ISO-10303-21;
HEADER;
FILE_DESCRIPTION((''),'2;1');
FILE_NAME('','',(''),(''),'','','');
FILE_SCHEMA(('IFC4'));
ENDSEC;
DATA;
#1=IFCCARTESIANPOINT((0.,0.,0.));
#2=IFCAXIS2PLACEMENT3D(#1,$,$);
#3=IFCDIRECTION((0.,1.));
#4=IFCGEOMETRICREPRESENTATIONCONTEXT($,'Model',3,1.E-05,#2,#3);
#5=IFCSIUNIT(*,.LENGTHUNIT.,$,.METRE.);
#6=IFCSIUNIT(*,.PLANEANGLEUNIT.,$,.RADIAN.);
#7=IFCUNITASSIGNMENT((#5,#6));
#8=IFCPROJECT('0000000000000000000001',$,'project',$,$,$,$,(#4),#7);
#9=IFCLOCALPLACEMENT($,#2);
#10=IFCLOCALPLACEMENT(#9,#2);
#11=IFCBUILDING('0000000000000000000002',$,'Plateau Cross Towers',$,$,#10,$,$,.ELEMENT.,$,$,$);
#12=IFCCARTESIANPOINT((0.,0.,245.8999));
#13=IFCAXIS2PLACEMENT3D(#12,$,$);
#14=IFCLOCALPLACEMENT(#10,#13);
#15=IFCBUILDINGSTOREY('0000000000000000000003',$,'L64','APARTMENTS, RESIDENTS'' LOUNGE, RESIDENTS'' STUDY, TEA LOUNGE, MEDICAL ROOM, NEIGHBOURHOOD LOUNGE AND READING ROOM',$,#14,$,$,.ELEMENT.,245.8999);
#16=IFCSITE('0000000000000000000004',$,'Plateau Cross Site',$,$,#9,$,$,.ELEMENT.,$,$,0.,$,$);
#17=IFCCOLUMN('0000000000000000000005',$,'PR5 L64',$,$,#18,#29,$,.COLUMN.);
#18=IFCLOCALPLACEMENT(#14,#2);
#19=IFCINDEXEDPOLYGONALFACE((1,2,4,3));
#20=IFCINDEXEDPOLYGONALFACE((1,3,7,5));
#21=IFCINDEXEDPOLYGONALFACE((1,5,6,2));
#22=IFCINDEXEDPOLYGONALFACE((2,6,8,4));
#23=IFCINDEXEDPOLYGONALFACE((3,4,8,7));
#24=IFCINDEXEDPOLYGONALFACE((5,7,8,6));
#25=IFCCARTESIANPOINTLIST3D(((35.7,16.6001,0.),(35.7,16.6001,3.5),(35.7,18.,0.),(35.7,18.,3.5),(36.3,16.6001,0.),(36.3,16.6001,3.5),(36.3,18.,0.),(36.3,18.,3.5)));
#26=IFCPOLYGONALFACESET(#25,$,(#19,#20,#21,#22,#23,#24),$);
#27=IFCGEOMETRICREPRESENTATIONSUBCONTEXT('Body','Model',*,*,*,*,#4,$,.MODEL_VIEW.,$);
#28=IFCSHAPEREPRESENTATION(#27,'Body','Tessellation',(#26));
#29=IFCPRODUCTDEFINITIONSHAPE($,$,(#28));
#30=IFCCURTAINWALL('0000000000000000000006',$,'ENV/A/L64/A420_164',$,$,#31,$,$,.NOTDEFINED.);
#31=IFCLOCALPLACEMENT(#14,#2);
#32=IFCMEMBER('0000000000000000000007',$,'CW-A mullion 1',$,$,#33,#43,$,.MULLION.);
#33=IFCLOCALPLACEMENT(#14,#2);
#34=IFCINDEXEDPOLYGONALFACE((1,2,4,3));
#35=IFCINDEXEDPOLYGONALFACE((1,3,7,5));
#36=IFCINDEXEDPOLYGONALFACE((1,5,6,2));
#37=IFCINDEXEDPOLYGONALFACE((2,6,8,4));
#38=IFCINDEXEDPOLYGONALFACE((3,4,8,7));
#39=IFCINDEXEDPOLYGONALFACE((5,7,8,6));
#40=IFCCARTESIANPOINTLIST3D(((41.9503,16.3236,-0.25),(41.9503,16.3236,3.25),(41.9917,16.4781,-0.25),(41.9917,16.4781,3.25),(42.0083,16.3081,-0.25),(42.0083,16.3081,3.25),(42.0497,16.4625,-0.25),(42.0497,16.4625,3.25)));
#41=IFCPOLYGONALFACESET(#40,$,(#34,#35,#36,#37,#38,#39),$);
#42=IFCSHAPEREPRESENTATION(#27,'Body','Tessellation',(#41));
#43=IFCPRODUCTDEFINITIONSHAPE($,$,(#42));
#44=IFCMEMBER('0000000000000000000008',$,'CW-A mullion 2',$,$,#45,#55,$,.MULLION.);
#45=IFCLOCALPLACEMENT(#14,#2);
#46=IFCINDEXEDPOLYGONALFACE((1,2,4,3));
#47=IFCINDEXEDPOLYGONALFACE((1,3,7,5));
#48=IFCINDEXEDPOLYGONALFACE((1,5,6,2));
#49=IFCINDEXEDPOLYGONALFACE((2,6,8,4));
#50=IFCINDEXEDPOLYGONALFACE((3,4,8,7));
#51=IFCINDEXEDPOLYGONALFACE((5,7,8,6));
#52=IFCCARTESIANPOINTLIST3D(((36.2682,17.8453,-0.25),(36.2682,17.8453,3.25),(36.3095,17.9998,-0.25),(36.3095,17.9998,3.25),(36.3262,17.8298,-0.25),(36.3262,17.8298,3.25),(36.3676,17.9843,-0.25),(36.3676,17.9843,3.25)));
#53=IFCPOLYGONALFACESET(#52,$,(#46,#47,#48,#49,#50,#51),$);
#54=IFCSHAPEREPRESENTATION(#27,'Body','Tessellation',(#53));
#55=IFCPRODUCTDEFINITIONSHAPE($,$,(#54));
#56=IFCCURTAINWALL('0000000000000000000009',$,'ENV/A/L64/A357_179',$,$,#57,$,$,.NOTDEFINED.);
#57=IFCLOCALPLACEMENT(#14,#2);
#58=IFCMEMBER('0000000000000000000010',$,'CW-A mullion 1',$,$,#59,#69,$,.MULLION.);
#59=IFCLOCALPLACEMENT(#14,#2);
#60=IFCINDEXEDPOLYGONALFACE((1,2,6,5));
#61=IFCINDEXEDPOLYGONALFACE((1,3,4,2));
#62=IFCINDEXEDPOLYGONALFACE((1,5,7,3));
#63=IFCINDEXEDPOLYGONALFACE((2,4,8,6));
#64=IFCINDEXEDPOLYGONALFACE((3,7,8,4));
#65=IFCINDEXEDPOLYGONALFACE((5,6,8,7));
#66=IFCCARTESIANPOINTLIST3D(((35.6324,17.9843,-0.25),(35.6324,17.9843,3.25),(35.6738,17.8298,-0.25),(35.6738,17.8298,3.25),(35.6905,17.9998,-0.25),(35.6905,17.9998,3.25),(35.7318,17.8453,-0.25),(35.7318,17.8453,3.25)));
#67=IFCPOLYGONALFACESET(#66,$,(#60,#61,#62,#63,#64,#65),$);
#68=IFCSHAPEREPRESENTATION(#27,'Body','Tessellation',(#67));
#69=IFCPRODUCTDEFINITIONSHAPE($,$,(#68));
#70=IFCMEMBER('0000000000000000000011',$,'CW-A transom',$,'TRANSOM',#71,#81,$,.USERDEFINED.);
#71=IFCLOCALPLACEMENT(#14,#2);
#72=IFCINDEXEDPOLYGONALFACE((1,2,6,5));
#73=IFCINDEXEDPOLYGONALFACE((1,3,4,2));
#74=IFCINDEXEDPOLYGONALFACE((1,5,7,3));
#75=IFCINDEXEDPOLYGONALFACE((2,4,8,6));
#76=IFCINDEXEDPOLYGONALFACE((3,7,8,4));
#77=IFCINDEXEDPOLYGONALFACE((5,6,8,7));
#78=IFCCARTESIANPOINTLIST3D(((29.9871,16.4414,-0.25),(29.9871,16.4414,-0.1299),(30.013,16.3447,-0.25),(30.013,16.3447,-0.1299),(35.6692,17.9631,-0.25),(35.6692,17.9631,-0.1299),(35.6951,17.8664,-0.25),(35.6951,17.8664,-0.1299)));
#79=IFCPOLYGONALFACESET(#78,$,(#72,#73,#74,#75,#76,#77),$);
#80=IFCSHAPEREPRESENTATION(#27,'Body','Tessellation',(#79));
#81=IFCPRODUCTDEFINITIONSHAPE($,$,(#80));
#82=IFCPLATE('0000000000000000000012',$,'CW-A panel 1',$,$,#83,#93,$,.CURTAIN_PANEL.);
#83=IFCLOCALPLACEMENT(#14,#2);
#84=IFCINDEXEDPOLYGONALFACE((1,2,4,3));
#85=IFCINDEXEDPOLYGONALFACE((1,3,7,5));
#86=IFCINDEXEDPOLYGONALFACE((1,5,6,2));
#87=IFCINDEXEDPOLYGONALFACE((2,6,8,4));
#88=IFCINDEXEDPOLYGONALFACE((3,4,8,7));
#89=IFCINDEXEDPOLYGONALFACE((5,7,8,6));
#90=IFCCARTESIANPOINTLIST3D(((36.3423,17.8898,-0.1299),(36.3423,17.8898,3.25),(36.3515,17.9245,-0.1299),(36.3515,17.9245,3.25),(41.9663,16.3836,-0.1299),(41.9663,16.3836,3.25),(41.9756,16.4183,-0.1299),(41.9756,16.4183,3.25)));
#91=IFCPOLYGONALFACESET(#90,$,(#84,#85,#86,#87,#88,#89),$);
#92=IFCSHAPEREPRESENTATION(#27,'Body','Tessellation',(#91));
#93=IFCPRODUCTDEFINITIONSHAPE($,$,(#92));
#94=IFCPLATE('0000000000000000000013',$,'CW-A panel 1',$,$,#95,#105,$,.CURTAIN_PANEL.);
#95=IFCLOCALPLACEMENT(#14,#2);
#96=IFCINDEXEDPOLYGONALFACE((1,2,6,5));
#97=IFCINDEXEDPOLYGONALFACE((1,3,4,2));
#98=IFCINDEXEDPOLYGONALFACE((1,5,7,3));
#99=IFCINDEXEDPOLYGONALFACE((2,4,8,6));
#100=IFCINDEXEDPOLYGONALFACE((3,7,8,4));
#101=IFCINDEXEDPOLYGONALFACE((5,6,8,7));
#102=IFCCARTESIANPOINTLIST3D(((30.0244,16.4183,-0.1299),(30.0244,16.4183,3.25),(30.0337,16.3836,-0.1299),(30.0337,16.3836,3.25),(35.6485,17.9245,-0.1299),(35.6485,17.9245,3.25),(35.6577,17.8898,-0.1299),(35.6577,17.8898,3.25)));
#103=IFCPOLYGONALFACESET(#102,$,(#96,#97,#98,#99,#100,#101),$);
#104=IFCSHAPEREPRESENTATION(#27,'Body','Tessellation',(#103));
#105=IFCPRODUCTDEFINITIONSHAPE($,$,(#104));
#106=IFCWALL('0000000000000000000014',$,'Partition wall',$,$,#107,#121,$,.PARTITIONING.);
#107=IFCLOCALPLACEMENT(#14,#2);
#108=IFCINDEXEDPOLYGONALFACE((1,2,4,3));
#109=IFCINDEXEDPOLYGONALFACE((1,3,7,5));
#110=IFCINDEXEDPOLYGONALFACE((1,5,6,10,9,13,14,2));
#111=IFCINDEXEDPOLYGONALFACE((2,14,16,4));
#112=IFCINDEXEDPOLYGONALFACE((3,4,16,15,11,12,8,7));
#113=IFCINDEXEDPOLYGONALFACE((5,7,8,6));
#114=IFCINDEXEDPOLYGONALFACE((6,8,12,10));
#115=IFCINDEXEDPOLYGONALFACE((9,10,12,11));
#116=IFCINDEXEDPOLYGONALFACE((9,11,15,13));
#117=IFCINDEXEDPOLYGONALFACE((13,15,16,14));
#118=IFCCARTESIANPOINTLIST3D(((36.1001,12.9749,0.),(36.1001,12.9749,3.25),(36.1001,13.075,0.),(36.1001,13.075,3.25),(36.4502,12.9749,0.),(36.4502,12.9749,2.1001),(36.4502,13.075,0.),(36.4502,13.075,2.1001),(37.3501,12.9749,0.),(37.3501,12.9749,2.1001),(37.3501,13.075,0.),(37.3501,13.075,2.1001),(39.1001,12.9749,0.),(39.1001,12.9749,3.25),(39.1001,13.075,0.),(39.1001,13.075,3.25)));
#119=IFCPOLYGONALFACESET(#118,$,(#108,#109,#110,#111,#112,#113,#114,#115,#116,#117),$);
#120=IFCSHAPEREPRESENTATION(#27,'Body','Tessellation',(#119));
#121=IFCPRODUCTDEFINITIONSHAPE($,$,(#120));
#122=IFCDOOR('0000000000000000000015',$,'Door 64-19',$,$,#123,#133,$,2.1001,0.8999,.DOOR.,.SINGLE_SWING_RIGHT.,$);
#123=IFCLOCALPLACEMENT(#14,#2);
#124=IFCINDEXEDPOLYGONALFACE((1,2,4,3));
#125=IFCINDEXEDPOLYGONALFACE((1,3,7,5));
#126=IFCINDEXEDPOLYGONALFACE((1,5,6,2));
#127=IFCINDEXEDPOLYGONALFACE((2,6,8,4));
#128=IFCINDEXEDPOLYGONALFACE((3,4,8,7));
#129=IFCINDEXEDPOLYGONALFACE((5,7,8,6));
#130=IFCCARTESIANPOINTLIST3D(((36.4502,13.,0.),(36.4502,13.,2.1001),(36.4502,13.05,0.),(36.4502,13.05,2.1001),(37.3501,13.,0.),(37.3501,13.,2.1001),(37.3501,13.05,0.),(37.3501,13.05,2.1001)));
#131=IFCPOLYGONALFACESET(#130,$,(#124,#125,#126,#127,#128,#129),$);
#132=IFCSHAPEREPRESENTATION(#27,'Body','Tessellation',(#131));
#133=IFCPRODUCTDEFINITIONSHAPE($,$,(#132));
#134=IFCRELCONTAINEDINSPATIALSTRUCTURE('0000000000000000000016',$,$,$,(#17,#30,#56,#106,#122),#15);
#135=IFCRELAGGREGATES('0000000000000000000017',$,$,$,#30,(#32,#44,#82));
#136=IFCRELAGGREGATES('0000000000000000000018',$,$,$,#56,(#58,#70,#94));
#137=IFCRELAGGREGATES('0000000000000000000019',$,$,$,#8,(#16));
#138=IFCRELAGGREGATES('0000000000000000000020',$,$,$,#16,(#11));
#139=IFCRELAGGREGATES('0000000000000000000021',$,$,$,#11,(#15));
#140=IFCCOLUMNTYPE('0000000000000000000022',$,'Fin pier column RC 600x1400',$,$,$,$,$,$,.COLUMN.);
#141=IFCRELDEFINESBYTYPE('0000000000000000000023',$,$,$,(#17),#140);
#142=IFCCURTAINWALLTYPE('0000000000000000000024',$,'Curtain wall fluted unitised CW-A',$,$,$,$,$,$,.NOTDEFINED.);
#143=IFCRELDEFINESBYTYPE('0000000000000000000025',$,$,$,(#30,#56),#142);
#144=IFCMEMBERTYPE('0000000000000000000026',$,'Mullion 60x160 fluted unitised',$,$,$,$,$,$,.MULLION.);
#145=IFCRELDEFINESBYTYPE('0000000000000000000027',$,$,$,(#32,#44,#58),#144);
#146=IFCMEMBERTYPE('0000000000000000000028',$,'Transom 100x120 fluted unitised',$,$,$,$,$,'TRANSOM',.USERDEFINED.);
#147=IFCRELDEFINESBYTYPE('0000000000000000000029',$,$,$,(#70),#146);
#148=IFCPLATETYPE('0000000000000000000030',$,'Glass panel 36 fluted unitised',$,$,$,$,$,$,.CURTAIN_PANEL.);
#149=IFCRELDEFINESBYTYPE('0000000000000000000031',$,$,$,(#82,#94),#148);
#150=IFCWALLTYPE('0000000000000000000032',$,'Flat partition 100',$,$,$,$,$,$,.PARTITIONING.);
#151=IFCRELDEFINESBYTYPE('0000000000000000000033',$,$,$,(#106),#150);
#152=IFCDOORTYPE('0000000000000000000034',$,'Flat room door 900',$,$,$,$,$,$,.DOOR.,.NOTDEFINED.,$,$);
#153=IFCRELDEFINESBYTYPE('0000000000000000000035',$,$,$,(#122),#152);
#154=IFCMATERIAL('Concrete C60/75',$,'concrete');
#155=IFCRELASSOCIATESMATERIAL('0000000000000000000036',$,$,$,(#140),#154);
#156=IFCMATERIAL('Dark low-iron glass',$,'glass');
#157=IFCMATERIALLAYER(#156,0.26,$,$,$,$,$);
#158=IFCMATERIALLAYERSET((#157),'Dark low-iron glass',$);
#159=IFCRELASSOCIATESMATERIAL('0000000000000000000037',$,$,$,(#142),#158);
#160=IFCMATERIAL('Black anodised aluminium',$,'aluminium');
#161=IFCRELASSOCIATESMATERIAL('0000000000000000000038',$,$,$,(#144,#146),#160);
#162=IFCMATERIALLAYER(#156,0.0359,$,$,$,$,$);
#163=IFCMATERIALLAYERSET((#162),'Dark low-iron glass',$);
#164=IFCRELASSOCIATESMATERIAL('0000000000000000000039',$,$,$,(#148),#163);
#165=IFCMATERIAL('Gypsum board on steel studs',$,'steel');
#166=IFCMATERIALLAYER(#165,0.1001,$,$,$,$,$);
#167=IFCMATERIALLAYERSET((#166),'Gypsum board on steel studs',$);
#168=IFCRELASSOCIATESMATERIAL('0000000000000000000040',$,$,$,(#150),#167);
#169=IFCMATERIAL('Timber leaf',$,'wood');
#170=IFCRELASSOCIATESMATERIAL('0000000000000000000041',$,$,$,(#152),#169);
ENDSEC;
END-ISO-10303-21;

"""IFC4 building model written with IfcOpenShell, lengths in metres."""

from ifc_helpers import new_model, si_unit, direction, frame, frame_2d, origin, origin_2d, place, context, subcontext, project, spatial, rectangle, extrude, material, layer, layer_set, material_profile, profile_set, type_object, element, fill, aggregate, save


model = new_model("IFC4")

# Units and contexts
model_context = context("Model", 3, precision=1e-05, world=origin(), true_north=direction((0.0, 1.0)))
body_context = subcontext(model_context, "Body", "Model", "MODEL_VIEW")
ifc_project = project(units=[si_unit("LENGTHUNIT", "METRE"), si_unit("PLANEANGLEUNIT", "RADIAN")], contexts=[model_context])

# Site, building, storey
site_placement = place(None, origin())
site = spatial("IfcSite", under=ifc_project, at=site_placement, Name="Plateau Cross Site", CompositionType="ELEMENT", RefElevation=0.0)
building_placement = place(site_placement, origin())
building = spatial("IfcBuilding", under=site, at=building_placement, Name="Plateau Cross Towers", CompositionType="ELEMENT")
storey_placement = place(building_placement, frame((0.0, 0.0, 245.8999)))
storey = spatial("IfcBuildingStorey", under=building, at=storey_placement, Name="L64", Description="APARTMENTS, RESIDENTS' LOUNGE, RESIDENTS' STUDY, TEA LOUNGE, MEDICAL ROOM, NEIGHBOURHOOD LOUNGE AND READING ROOM", CompositionType="ELEMENT", Elevation=245.8999)

# Column
ifc_material_1 = material(Name="Concrete C60/75", Category="concrete")
ifc_material_profile_1 = material_profile(ifc_material_1, rectangle(XDim=0.6001, YDim=1.3999, at=origin_2d()), Name="RC 600x1400")
ifc_profile_set_1 = profile_set([ifc_material_profile_1], Name="Concrete C60/75")
column_type = type_object("IfcColumnType", Name="Fin pier column RC 600x1400", PredefinedType="COLUMN", material=ifc_profile_set_1)
column_placement = place(storey_placement, frame((36.0, 17.3, 0.0), z_axis=(0.0, 0.0, 1.0), x_axis=(1.0, 0.0, 0.0)))
element("IfcColumn", 1, at=column_placement, inside=storey, type_object=column_type, Name="PR5 L64", PredefinedType="COLUMN", context=body_context, shape_type="SweptSolid", body=[
    extrude(rectangle(XDim=0.6001, YDim=1.3999, at=origin_2d()), origin(), (0.0, 0.0, 1.0), 3.5),
])

# Curtain walls, members
ifc_material_2 = material(Name="Dark low-iron glass", Category="glass")
ifc_layer_1 = layer(ifc_material_2, 0.26)
ifc_layer_set_1 = layer_set([ifc_layer_1], Name="Dark low-iron glass")
curtain_wall_type = type_object("IfcCurtainWallType", Name="Curtain wall fluted unitised CW-A", PredefinedType="NOTDEFINED", material=ifc_layer_set_1)
curtain_wall_1_placement = place(storey_placement, origin())
curtain_wall_1 = element("IfcCurtainWall", 2, at=curtain_wall_1_placement, inside=storey, type_object=curtain_wall_type, Name="ENV/A/L64/A420_164", PredefinedType="NOTDEFINED")
ifc_material_3 = material(Name="Black anodised aluminium", Category="aluminium")
ifc_material_profile_2 = material_profile(ifc_material_3, rectangle(XDim=0.0601, YDim=0.1599, at=origin_2d()), Name="MULLION 60x160")
ifc_profile_set_2 = profile_set([ifc_material_profile_2], Name="Black anodised aluminium")
member_type_1 = type_object("IfcMemberType", Name="Mullion 60x160 fluted unitised", PredefinedType="MULLION", material=ifc_profile_set_2)
member_1_placement = place(storey_placement, frame((42.0, 16.3931, -0.25), z_axis=(0.0, 0.0, 1.0), x_axis=(-0.965958, 0.258699, 0.0)))
member_1 = element("IfcMember", 3, at=member_1_placement, type_object=member_type_1, Name="CW-A mullion 1", PredefinedType="MULLION", context=body_context, shape_type="SweptSolid", body=[
    extrude(rectangle(XDim=0.0601, YDim=0.1599, at=origin_2d()), origin(), (0.0, 0.0, 1.0), 3.5),
])
member_2_placement = place(storey_placement, frame((36.3179, 17.9148, -0.25), z_axis=(0.0, 0.0, 1.0), x_axis=(-0.965958, 0.258699, 0.0)))
member_2 = element("IfcMember", 4, at=member_2_placement, type_object=member_type_1, Name="CW-A mullion 2", PredefinedType="MULLION", context=body_context, shape_type="SweptSolid", body=[
    extrude(rectangle(XDim=0.0601, YDim=0.1599, at=origin_2d()), origin(), (0.0, 0.0, 1.0), 3.5),
])
curtain_wall_2_placement = place(storey_placement, origin())
curtain_wall_2 = element("IfcCurtainWall", 5, at=curtain_wall_2_placement, inside=storey, type_object=curtain_wall_type, Name="ENV/A/L64/A357_179", PredefinedType="NOTDEFINED")
member_3_placement = place(storey_placement, frame((35.6821, 17.9148, -0.25), z_axis=(0.0, 0.0, 1.0), x_axis=(-0.965958, -0.258699, 0.0)))
member_3 = element("IfcMember", 6, at=member_3_placement, type_object=member_type_1, Name="CW-A mullion 1", PredefinedType="MULLION", context=body_context, shape_type="SweptSolid", body=[
    extrude(rectangle(XDim=0.0601, YDim=0.1599, at=origin_2d()), origin(), (0.0, 0.0, 1.0), 3.5),
])
ifc_material_profile_3 = material_profile(ifc_material_3, rectangle(XDim=0.1001, YDim=0.1201, at=origin_2d()), Name="TRANSOM 100x120")
ifc_profile_set_3 = profile_set([ifc_material_profile_3], Name="Black anodised aluminium")
member_type_2 = type_object("IfcMemberType", Name="Transom 100x120 fluted unitised", ElementType="TRANSOM", PredefinedType="USERDEFINED", material=ifc_profile_set_3)
member_4_placement = place(storey_placement, frame((35.6821, 17.9148, -0.1899), z_axis=(-0.96596, -0.258693, 0.0), x_axis=(0.258693, -0.96596, 0.0)))
member_4 = element("IfcMember", 7, at=member_4_placement, type_object=member_type_2, Name="CW-A transom", ObjectType="TRANSOM", PredefinedType="USERDEFINED", context=body_context, shape_type="SweptSolid", body=[
    extrude(rectangle(XDim=0.1001, YDim=0.1201, at=origin_2d()), origin(), (0.0, 0.0, 1.0), 5.8823),
])

# Plates
ifc_layer_2 = layer(ifc_material_2, 0.0359)
ifc_layer_set_2 = layer_set([ifc_layer_2], Name="Dark low-iron glass")
plate_type = type_object("IfcPlateType", Name="Glass panel 36 fluted unitised", PredefinedType="CURTAIN_PANEL", material=ifc_layer_set_2)
plate_1_placement = place(storey_placement, frame((39.1589, 17.1541, -0.1299), z_axis=(0.0, 0.0, 1.0), x_axis=(-0.965958, 0.258699, 0.0)))
plate_1 = element("IfcPlate", 8, at=plate_1_placement, type_object=plate_type, Name="CW-A panel 1", PredefinedType="CURTAIN_PANEL", context=body_context, shape_type="SweptSolid", body=[
    extrude(rectangle(XDim=5.8223, YDim=0.0359, at=origin_2d()), origin(), (0.0, 0.0, 1.0), 3.3799),
])
aggregate(curtain_wall_1, [member_1, member_2, plate_1])
plate_2_placement = place(storey_placement, frame((32.8411, 17.1541, -0.1299), z_axis=(0.0, 0.0, 1.0), x_axis=(-0.965958, -0.258699, 0.0)))
plate_2 = element("IfcPlate", 9, at=plate_2_placement, type_object=plate_type, Name="CW-A panel 1", PredefinedType="CURTAIN_PANEL", context=body_context, shape_type="SweptSolid", body=[
    extrude(rectangle(XDim=5.8223, YDim=0.0359, at=origin_2d()), origin(), (0.0, 0.0, 1.0), 3.3799),
])
aggregate(curtain_wall_2, [member_3, member_4, plate_2])

# Wall, opening, door
ifc_material_4 = material(Name="Gypsum board on steel studs", Category="steel")
ifc_layer_3 = layer(ifc_material_4, 0.1001)
ifc_layer_set_3 = layer_set([ifc_layer_3], Name="Gypsum board on steel studs")
wall_type_1 = type_object("IfcWallType", Name="Flat partition 100", PredefinedType="PARTITIONING", material=ifc_layer_set_3)
wall_1_placement = place(storey_placement, frame((39.1001, 13.0249, 0.0), z_axis=(0.0, 0.0, 1.0), x_axis=(-1.0, 0.0, 0.0)))
wall_1 = element("IfcWall", 10, at=wall_1_placement, inside=storey, type_object=wall_type_1, Name="Partition wall", PredefinedType="PARTITIONING", context=body_context, shape_type="SweptSolid", body=[
    extrude(rectangle(XDim=3.0, YDim=0.1001, at=frame_2d((1.5, 0.0))), origin(), (0.0, 0.0, 1.0), 3.25),
])
opening_1_placement = place(wall_1_placement, frame((1.75, 0.0, 0.0)))
opening_1 = element("IfcOpeningElement", 11, at=opening_1_placement, cuts=wall_1, PredefinedType="OPENING", context=body_context, shape_type="SweptSolid", body=[
    extrude(rectangle(XDim=0.8999, YDim=2.1001, at=frame_2d((0.45, 1.05))), frame((0.0, 0.0601, 0.0), z_axis=(0.0, -1.0, 0.0), x_axis=(1.0, 0.0, 0.0)), (0.0, 0.0, 1.0), 0.1201),
])
ifc_material_5 = material(Name="Timber leaf", Category="wood")
door_type = type_object("IfcDoorType", Name="Flat room door 900", OperationType="NOTDEFINED", PredefinedType="DOOR", material=ifc_material_5)
door_1_placement = place(opening_1_placement, origin())
door_1 = element("IfcDoor", 12, at=door_1_placement, inside=storey, type_object=door_type, Name="Door 64-19", OperationType="SINGLE_SWING_RIGHT", OverallHeight=2.1001, OverallWidth=0.8999, PredefinedType="DOOR", context=body_context, shape_type="SweptSolid", body=[
    extrude(rectangle(XDim=0.8999, YDim=2.1001, at=frame_2d((0.45, 1.05))), frame((0.0, 0.0249, 0.0), z_axis=(0.0, -1.0, 0.0), x_axis=(1.0, 0.0, 0.0)), (0.0, 0.0, 1.0), 0.05),
])
fill(opening_1, door_1)

save(model, "model.ifc")
